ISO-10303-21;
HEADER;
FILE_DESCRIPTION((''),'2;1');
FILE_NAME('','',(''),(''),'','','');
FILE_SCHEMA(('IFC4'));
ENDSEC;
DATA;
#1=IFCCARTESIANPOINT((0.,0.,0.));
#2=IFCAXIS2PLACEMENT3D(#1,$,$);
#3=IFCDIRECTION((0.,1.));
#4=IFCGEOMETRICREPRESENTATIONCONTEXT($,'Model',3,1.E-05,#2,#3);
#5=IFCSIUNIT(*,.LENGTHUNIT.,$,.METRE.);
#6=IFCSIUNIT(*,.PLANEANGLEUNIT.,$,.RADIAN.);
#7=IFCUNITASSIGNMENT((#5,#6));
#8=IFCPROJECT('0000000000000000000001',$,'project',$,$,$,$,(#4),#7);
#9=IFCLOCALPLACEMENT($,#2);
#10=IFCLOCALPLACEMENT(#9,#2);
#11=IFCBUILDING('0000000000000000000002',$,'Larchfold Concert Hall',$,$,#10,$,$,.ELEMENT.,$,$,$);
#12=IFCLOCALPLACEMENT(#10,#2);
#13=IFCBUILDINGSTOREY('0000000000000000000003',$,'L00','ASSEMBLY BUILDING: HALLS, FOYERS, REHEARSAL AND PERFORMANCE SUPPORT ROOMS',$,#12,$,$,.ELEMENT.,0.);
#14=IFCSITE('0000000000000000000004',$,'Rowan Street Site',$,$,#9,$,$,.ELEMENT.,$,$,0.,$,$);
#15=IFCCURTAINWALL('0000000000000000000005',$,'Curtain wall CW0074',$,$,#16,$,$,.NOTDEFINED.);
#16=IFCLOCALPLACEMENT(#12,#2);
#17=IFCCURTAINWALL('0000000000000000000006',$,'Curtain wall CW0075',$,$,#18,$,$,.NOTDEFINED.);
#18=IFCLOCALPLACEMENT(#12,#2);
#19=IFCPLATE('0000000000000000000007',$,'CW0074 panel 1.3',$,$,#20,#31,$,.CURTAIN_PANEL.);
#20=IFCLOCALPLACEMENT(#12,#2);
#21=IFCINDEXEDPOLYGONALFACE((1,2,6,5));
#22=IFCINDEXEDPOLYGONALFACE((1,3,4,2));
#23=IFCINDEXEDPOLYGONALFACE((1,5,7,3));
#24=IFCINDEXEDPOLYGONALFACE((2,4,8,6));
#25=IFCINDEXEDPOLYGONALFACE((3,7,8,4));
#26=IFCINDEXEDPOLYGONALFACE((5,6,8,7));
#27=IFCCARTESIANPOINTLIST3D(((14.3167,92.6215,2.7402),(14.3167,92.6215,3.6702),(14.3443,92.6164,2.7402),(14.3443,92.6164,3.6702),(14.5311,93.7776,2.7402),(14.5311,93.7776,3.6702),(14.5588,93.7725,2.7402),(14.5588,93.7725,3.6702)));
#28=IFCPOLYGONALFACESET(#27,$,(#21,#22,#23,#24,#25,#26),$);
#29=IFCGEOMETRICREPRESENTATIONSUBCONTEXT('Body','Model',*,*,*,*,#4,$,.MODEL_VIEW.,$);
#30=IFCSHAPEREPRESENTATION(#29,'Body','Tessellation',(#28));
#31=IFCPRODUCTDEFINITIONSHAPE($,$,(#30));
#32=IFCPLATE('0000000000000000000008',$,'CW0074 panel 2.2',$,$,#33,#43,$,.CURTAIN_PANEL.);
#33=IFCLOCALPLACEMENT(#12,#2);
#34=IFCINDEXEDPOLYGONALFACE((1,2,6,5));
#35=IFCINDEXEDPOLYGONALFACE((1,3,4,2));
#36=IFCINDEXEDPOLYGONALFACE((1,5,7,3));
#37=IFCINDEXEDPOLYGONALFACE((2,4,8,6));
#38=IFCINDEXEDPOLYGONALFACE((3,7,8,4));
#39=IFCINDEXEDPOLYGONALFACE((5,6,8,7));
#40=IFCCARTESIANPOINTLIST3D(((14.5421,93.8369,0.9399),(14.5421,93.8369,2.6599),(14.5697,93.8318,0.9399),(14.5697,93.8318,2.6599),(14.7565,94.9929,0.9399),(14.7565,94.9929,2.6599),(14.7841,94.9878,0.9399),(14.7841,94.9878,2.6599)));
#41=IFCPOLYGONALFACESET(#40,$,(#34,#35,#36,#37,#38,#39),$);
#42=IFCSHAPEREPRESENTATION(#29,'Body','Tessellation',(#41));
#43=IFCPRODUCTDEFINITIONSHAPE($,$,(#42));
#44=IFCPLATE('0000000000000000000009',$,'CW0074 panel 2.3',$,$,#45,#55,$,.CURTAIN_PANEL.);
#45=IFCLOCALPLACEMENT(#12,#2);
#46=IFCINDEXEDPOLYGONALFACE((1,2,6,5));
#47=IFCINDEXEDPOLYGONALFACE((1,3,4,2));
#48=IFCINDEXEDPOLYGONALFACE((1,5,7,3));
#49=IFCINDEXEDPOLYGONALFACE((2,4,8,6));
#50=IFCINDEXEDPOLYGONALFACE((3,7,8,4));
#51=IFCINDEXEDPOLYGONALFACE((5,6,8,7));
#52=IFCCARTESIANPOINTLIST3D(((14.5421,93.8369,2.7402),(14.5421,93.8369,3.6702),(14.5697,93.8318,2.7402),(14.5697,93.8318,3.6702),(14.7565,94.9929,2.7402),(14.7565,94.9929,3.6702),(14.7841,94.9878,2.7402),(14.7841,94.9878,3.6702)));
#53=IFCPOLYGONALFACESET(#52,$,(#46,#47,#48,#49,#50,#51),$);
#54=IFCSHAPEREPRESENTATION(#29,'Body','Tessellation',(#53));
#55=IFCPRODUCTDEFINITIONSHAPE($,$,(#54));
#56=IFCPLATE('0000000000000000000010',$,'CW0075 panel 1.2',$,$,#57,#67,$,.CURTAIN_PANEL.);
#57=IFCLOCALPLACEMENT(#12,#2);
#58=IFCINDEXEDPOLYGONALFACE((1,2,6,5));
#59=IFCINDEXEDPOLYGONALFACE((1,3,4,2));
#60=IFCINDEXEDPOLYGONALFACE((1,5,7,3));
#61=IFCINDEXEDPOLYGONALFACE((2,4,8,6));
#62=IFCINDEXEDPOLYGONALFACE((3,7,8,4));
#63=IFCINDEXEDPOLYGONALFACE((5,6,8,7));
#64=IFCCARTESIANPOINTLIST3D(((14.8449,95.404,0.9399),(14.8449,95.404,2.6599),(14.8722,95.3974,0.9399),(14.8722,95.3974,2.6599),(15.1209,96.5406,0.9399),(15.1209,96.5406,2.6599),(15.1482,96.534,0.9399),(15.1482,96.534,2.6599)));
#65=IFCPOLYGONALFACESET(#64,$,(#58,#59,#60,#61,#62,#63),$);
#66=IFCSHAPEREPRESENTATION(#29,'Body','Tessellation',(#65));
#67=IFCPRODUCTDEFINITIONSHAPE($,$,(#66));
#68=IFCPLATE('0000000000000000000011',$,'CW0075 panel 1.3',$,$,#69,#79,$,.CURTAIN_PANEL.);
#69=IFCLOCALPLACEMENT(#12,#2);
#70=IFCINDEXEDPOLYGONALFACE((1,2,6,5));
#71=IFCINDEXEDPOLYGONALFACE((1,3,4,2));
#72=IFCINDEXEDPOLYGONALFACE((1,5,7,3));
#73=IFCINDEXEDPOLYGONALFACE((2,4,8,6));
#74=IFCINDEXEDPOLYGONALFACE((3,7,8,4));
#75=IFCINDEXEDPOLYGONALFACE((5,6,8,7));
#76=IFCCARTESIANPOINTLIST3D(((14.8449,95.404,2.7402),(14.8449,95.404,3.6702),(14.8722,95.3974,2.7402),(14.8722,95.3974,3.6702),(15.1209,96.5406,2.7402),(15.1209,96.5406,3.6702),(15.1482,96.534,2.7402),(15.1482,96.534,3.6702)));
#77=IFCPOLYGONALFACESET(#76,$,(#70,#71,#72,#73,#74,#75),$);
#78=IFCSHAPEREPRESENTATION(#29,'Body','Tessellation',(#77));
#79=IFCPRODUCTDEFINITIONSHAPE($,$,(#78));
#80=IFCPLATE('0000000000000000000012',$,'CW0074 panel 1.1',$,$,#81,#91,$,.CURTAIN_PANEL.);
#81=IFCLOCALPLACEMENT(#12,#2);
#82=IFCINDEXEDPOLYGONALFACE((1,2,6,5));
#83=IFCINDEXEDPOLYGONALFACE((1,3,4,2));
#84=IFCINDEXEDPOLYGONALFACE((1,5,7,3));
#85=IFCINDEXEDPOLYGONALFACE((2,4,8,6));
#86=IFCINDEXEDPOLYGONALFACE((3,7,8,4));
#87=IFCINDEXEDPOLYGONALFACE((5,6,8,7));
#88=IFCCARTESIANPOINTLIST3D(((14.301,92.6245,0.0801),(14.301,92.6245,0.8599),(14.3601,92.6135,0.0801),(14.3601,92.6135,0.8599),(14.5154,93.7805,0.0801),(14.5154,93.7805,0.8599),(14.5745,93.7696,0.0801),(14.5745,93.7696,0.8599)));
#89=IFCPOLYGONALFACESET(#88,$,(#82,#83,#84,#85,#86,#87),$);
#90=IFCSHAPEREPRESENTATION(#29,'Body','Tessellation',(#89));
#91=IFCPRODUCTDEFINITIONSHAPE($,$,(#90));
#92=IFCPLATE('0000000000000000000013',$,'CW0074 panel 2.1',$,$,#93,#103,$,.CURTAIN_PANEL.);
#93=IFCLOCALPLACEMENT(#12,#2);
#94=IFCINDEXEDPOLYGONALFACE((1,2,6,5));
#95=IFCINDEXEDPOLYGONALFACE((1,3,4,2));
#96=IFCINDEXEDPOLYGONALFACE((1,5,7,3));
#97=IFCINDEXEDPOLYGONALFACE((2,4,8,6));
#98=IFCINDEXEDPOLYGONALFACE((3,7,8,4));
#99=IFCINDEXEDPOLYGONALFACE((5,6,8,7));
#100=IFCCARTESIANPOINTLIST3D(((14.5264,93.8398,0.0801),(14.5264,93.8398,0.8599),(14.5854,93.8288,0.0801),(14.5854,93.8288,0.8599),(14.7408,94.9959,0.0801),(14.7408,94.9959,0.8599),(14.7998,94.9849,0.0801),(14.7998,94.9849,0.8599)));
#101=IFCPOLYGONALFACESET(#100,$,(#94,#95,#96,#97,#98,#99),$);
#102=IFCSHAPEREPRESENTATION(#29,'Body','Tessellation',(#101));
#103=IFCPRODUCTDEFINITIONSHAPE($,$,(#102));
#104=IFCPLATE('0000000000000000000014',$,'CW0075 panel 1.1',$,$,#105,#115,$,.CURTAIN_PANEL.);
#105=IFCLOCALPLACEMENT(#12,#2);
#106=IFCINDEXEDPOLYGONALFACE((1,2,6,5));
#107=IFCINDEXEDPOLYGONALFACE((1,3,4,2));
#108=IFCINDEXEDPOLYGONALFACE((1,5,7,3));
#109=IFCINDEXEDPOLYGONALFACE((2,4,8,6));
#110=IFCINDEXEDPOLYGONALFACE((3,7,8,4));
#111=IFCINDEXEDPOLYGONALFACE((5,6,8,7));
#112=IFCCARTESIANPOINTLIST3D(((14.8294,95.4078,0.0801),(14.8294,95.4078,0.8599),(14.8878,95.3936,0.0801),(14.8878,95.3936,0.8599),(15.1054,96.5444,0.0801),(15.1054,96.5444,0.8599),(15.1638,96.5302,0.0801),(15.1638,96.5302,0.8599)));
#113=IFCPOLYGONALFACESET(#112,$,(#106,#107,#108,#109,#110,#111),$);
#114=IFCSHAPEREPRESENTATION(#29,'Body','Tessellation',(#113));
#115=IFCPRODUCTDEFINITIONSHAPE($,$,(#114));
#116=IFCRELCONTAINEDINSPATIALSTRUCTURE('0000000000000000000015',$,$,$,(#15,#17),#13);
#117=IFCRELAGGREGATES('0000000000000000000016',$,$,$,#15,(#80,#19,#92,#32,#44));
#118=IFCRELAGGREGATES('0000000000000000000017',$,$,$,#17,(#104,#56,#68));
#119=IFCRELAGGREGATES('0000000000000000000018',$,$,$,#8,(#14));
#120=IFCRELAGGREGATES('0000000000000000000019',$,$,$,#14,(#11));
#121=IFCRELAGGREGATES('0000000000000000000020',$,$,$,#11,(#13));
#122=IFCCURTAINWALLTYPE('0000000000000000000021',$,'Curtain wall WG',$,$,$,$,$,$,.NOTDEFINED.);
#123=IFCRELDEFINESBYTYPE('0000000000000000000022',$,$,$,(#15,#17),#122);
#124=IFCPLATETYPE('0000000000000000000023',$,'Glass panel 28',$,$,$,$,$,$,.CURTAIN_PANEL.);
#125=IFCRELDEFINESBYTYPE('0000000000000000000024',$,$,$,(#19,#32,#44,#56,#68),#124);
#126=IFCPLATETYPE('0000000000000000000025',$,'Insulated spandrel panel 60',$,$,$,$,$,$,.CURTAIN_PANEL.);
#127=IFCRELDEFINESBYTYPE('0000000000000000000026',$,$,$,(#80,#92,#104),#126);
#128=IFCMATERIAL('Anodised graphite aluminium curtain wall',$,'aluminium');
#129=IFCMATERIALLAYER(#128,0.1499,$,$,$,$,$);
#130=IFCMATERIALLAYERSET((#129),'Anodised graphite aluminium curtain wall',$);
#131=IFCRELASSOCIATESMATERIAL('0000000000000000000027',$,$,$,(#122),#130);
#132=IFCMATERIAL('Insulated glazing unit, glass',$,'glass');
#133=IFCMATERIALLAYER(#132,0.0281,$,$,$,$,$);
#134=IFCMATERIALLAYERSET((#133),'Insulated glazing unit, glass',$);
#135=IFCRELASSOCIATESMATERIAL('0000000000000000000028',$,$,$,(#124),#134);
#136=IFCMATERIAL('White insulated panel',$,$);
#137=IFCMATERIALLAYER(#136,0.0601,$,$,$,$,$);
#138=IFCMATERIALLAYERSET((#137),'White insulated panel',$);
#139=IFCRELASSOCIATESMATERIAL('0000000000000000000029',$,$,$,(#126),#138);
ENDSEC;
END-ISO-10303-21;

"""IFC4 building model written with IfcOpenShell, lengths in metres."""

from ifc_helpers import new_model, si_unit, direction, frame, origin, origin_2d, place, context, subcontext, project, spatial, rectangle, extrude, material, layer, layer_set, type_object, element, aggregate, save


model = new_model("IFC4")

# Units and contexts
model_context = context("Model", 3, precision=1e-05, world=origin(), true_north=direction((0.0, 1.0)))
body_context = subcontext(model_context, "Body", "Model", "MODEL_VIEW")
ifc_project = project(units=[si_unit("LENGTHUNIT", "METRE"), si_unit("PLANEANGLEUNIT", "RADIAN")], contexts=[model_context])

# Site, building, storey
site_placement = place(None, origin())
site = spatial("IfcSite", under=ifc_project, at=site_placement, Name="Rowan Street Site", CompositionType="ELEMENT", RefElevation=0.0)
building_placement = place(site_placement, origin())
building = spatial("IfcBuilding", under=site, at=building_placement, Name="Larchfold Concert Hall", CompositionType="ELEMENT")
storey_placement = place(building_placement, origin())
storey = spatial("IfcBuildingStorey", under=building, at=storey_placement, Name="L00", Description="ASSEMBLY BUILDING: HALLS, FOYERS, REHEARSAL AND PERFORMANCE SUPPORT ROOMS", CompositionType="ELEMENT", Elevation=0.0)

# Shared definitions
ifc_material_1 = material(Name="Anodised graphite aluminium curtain wall", Category="aluminium")
ifc_layer_1 = layer(ifc_material_1, 0.1499)
ifc_layer_set_1 = layer_set([ifc_layer_1], Name="Anodised graphite aluminium curtain wall")
curtain_wall_type = type_object("IfcCurtainWallType", Name="Curtain wall WG", PredefinedType="NOTDEFINED", material=ifc_layer_set_1)

# Curtain walls
curtain_wall_1_placement = place(storey_placement, origin())
curtain_wall_1 = element("IfcCurtainWall", 1, at=curtain_wall_1_placement, inside=storey, type_object=curtain_wall_type, Name="Curtain wall CW0074", PredefinedType="NOTDEFINED")
curtain_wall_2_placement = place(storey_placement, origin())
curtain_wall_2 = element("IfcCurtainWall", 2, at=curtain_wall_2_placement, inside=storey, type_object=curtain_wall_type, Name="Curtain wall CW0075", PredefinedType="NOTDEFINED")

# Plates
ifc_material_2 = material(Name="Insulated glazing unit, glass", Category="glass")
ifc_layer_2 = layer(ifc_material_2, 0.0281)
ifc_layer_set_2 = layer_set([ifc_layer_2], Name="Insulated glazing unit, glass")
plate_type_1 = type_object("IfcPlateType", Name="Glass panel 28", PredefinedType="CURTAIN_PANEL", material=ifc_layer_set_2)
plate_1_placement = place(storey_placement, frame((14.4377, 93.197, 2.7402), z_axis=(0.0, 0.0, 1.0), x_axis=(0.182355, 0.983233, 0.0)))
plate_1 = element("IfcPlate", 3, at=plate_1_placement, type_object=plate_type_1, Name="CW0074 panel 1.3", PredefinedType="CURTAIN_PANEL", context=body_context, shape_type="SweptSolid", body=[
    extrude(rectangle(XDim=1.1758, YDim=0.0281, at=origin_2d()), origin(), (0.0, 0.0, 1.0), 0.9299),
])
plate_2_placement = place(storey_placement, frame((14.6631, 94.4124, 0.9399), z_axis=(0.0, 0.0, 1.0), x_axis=(0.182355, 0.983233, 0.0)))
plate_2 = element("IfcPlate", 4, at=plate_2_placement, type_object=plate_type_1, Name="CW0074 panel 2.2", PredefinedType="CURTAIN_PANEL", context=body_context, shape_type="SweptSolid", body=[
    extrude(rectangle(XDim=1.1758, YDim=0.0281, at=origin_2d()), origin(), (0.0, 0.0, 1.0), 1.72),
])
plate_3_placement = place(storey_placement, frame((14.6631, 94.4124, 2.7402), z_axis=(0.0, 0.0, 1.0), x_axis=(0.182355, 0.983233, 0.0)))
plate_3 = element("IfcPlate", 5, at=plate_3_placement, type_object=plate_type_1, Name="CW0074 panel 2.3", PredefinedType="CURTAIN_PANEL", context=body_context, shape_type="SweptSolid", body=[
    extrude(rectangle(XDim=1.1758, YDim=0.0281, at=origin_2d()), origin(), (0.0, 0.0, 1.0), 0.9299),
])
plate_4_placement = place(storey_placement, frame((14.9966, 95.969, 0.9399), z_axis=(0.0, 0.0, 1.0), x_axis=(0.235963, 0.971762, 0.0)))
plate_4 = element("IfcPlate", 6, at=plate_4_placement, type_object=plate_type_1, Name="CW0075 panel 1.2", PredefinedType="CURTAIN_PANEL", context=body_context, shape_type="SweptSolid", body=[
    extrude(rectangle(XDim=1.1697, YDim=0.0281, at=origin_2d()), origin(), (0.0, 0.0, 1.0), 1.72),
])
plate_5_placement = place(storey_placement, frame((14.9966, 95.969, 2.7402), z_axis=(0.0, 0.0, 1.0), x_axis=(0.235963, 0.971762, 0.0)))
plate_5 = element("IfcPlate", 7, at=plate_5_placement, type_object=plate_type_1, Name="CW0075 panel 1.3", PredefinedType="CURTAIN_PANEL", context=body_context, shape_type="SweptSolid", body=[
    extrude(rectangle(XDim=1.1697, YDim=0.0281, at=origin_2d()), origin(), (0.0, 0.0, 1.0), 0.9299),
])
ifc_material_3 = material(Name="White insulated panel")
ifc_layer_3 = layer(ifc_material_3, 0.0601)
ifc_layer_set_3 = layer_set([ifc_layer_3], Name="White insulated panel")
plate_type_2 = type_object("IfcPlateType", Name="Insulated spandrel panel 60", PredefinedType="CURTAIN_PANEL", material=ifc_layer_set_3)
plate_6_placement = place(storey_placement, frame((14.4377, 93.197, 0.0801), z_axis=(0.0, 0.0, 1.0), x_axis=(0.182355, 0.983233, 0.0)))
plate_6 = element("IfcPlate", 8, at=plate_6_placement, type_object=plate_type_2, Name="CW0074 panel 1.1", PredefinedType="CURTAIN_PANEL", context=body_context, shape_type="SweptSolid", body=[
    extrude(rectangle(XDim=1.1758, YDim=0.0601, at=origin_2d()), origin(), (0.0, 0.0, 1.0), 0.7798),
])
plate_7_placement = place(storey_placement, frame((14.6631, 94.4124, 0.0801), z_axis=(0.0, 0.0, 1.0), x_axis=(0.182355, 0.983233, 0.0)))
plate_7 = element("IfcPlate", 9, at=plate_7_placement, type_object=plate_type_2, Name="CW0074 panel 2.1", PredefinedType="CURTAIN_PANEL", context=body_context, shape_type="SweptSolid", body=[
    extrude(rectangle(XDim=1.1758, YDim=0.0601, at=origin_2d()), origin(), (0.0, 0.0, 1.0), 0.7798),
])
aggregate(curtain_wall_1, [plate_6, plate_1, plate_7, plate_2, plate_3])
plate_8_placement = place(storey_placement, frame((14.9966, 95.969, 0.0801), z_axis=(0.0, 0.0, 1.0), x_axis=(0.235963, 0.971762, 0.0)))
plate_8 = element("IfcPlate", 10, at=plate_8_placement, type_object=plate_type_2, Name="CW0075 panel 1.1", PredefinedType="CURTAIN_PANEL", context=body_context, shape_type="SweptSolid", body=[
    extrude(rectangle(XDim=1.1697, YDim=0.0601, at=origin_2d()), origin(), (0.0, 0.0, 1.0), 0.7798),
])
aggregate(curtain_wall_2, [plate_8, plate_4, plate_5])

save(model, "model.ifc")
